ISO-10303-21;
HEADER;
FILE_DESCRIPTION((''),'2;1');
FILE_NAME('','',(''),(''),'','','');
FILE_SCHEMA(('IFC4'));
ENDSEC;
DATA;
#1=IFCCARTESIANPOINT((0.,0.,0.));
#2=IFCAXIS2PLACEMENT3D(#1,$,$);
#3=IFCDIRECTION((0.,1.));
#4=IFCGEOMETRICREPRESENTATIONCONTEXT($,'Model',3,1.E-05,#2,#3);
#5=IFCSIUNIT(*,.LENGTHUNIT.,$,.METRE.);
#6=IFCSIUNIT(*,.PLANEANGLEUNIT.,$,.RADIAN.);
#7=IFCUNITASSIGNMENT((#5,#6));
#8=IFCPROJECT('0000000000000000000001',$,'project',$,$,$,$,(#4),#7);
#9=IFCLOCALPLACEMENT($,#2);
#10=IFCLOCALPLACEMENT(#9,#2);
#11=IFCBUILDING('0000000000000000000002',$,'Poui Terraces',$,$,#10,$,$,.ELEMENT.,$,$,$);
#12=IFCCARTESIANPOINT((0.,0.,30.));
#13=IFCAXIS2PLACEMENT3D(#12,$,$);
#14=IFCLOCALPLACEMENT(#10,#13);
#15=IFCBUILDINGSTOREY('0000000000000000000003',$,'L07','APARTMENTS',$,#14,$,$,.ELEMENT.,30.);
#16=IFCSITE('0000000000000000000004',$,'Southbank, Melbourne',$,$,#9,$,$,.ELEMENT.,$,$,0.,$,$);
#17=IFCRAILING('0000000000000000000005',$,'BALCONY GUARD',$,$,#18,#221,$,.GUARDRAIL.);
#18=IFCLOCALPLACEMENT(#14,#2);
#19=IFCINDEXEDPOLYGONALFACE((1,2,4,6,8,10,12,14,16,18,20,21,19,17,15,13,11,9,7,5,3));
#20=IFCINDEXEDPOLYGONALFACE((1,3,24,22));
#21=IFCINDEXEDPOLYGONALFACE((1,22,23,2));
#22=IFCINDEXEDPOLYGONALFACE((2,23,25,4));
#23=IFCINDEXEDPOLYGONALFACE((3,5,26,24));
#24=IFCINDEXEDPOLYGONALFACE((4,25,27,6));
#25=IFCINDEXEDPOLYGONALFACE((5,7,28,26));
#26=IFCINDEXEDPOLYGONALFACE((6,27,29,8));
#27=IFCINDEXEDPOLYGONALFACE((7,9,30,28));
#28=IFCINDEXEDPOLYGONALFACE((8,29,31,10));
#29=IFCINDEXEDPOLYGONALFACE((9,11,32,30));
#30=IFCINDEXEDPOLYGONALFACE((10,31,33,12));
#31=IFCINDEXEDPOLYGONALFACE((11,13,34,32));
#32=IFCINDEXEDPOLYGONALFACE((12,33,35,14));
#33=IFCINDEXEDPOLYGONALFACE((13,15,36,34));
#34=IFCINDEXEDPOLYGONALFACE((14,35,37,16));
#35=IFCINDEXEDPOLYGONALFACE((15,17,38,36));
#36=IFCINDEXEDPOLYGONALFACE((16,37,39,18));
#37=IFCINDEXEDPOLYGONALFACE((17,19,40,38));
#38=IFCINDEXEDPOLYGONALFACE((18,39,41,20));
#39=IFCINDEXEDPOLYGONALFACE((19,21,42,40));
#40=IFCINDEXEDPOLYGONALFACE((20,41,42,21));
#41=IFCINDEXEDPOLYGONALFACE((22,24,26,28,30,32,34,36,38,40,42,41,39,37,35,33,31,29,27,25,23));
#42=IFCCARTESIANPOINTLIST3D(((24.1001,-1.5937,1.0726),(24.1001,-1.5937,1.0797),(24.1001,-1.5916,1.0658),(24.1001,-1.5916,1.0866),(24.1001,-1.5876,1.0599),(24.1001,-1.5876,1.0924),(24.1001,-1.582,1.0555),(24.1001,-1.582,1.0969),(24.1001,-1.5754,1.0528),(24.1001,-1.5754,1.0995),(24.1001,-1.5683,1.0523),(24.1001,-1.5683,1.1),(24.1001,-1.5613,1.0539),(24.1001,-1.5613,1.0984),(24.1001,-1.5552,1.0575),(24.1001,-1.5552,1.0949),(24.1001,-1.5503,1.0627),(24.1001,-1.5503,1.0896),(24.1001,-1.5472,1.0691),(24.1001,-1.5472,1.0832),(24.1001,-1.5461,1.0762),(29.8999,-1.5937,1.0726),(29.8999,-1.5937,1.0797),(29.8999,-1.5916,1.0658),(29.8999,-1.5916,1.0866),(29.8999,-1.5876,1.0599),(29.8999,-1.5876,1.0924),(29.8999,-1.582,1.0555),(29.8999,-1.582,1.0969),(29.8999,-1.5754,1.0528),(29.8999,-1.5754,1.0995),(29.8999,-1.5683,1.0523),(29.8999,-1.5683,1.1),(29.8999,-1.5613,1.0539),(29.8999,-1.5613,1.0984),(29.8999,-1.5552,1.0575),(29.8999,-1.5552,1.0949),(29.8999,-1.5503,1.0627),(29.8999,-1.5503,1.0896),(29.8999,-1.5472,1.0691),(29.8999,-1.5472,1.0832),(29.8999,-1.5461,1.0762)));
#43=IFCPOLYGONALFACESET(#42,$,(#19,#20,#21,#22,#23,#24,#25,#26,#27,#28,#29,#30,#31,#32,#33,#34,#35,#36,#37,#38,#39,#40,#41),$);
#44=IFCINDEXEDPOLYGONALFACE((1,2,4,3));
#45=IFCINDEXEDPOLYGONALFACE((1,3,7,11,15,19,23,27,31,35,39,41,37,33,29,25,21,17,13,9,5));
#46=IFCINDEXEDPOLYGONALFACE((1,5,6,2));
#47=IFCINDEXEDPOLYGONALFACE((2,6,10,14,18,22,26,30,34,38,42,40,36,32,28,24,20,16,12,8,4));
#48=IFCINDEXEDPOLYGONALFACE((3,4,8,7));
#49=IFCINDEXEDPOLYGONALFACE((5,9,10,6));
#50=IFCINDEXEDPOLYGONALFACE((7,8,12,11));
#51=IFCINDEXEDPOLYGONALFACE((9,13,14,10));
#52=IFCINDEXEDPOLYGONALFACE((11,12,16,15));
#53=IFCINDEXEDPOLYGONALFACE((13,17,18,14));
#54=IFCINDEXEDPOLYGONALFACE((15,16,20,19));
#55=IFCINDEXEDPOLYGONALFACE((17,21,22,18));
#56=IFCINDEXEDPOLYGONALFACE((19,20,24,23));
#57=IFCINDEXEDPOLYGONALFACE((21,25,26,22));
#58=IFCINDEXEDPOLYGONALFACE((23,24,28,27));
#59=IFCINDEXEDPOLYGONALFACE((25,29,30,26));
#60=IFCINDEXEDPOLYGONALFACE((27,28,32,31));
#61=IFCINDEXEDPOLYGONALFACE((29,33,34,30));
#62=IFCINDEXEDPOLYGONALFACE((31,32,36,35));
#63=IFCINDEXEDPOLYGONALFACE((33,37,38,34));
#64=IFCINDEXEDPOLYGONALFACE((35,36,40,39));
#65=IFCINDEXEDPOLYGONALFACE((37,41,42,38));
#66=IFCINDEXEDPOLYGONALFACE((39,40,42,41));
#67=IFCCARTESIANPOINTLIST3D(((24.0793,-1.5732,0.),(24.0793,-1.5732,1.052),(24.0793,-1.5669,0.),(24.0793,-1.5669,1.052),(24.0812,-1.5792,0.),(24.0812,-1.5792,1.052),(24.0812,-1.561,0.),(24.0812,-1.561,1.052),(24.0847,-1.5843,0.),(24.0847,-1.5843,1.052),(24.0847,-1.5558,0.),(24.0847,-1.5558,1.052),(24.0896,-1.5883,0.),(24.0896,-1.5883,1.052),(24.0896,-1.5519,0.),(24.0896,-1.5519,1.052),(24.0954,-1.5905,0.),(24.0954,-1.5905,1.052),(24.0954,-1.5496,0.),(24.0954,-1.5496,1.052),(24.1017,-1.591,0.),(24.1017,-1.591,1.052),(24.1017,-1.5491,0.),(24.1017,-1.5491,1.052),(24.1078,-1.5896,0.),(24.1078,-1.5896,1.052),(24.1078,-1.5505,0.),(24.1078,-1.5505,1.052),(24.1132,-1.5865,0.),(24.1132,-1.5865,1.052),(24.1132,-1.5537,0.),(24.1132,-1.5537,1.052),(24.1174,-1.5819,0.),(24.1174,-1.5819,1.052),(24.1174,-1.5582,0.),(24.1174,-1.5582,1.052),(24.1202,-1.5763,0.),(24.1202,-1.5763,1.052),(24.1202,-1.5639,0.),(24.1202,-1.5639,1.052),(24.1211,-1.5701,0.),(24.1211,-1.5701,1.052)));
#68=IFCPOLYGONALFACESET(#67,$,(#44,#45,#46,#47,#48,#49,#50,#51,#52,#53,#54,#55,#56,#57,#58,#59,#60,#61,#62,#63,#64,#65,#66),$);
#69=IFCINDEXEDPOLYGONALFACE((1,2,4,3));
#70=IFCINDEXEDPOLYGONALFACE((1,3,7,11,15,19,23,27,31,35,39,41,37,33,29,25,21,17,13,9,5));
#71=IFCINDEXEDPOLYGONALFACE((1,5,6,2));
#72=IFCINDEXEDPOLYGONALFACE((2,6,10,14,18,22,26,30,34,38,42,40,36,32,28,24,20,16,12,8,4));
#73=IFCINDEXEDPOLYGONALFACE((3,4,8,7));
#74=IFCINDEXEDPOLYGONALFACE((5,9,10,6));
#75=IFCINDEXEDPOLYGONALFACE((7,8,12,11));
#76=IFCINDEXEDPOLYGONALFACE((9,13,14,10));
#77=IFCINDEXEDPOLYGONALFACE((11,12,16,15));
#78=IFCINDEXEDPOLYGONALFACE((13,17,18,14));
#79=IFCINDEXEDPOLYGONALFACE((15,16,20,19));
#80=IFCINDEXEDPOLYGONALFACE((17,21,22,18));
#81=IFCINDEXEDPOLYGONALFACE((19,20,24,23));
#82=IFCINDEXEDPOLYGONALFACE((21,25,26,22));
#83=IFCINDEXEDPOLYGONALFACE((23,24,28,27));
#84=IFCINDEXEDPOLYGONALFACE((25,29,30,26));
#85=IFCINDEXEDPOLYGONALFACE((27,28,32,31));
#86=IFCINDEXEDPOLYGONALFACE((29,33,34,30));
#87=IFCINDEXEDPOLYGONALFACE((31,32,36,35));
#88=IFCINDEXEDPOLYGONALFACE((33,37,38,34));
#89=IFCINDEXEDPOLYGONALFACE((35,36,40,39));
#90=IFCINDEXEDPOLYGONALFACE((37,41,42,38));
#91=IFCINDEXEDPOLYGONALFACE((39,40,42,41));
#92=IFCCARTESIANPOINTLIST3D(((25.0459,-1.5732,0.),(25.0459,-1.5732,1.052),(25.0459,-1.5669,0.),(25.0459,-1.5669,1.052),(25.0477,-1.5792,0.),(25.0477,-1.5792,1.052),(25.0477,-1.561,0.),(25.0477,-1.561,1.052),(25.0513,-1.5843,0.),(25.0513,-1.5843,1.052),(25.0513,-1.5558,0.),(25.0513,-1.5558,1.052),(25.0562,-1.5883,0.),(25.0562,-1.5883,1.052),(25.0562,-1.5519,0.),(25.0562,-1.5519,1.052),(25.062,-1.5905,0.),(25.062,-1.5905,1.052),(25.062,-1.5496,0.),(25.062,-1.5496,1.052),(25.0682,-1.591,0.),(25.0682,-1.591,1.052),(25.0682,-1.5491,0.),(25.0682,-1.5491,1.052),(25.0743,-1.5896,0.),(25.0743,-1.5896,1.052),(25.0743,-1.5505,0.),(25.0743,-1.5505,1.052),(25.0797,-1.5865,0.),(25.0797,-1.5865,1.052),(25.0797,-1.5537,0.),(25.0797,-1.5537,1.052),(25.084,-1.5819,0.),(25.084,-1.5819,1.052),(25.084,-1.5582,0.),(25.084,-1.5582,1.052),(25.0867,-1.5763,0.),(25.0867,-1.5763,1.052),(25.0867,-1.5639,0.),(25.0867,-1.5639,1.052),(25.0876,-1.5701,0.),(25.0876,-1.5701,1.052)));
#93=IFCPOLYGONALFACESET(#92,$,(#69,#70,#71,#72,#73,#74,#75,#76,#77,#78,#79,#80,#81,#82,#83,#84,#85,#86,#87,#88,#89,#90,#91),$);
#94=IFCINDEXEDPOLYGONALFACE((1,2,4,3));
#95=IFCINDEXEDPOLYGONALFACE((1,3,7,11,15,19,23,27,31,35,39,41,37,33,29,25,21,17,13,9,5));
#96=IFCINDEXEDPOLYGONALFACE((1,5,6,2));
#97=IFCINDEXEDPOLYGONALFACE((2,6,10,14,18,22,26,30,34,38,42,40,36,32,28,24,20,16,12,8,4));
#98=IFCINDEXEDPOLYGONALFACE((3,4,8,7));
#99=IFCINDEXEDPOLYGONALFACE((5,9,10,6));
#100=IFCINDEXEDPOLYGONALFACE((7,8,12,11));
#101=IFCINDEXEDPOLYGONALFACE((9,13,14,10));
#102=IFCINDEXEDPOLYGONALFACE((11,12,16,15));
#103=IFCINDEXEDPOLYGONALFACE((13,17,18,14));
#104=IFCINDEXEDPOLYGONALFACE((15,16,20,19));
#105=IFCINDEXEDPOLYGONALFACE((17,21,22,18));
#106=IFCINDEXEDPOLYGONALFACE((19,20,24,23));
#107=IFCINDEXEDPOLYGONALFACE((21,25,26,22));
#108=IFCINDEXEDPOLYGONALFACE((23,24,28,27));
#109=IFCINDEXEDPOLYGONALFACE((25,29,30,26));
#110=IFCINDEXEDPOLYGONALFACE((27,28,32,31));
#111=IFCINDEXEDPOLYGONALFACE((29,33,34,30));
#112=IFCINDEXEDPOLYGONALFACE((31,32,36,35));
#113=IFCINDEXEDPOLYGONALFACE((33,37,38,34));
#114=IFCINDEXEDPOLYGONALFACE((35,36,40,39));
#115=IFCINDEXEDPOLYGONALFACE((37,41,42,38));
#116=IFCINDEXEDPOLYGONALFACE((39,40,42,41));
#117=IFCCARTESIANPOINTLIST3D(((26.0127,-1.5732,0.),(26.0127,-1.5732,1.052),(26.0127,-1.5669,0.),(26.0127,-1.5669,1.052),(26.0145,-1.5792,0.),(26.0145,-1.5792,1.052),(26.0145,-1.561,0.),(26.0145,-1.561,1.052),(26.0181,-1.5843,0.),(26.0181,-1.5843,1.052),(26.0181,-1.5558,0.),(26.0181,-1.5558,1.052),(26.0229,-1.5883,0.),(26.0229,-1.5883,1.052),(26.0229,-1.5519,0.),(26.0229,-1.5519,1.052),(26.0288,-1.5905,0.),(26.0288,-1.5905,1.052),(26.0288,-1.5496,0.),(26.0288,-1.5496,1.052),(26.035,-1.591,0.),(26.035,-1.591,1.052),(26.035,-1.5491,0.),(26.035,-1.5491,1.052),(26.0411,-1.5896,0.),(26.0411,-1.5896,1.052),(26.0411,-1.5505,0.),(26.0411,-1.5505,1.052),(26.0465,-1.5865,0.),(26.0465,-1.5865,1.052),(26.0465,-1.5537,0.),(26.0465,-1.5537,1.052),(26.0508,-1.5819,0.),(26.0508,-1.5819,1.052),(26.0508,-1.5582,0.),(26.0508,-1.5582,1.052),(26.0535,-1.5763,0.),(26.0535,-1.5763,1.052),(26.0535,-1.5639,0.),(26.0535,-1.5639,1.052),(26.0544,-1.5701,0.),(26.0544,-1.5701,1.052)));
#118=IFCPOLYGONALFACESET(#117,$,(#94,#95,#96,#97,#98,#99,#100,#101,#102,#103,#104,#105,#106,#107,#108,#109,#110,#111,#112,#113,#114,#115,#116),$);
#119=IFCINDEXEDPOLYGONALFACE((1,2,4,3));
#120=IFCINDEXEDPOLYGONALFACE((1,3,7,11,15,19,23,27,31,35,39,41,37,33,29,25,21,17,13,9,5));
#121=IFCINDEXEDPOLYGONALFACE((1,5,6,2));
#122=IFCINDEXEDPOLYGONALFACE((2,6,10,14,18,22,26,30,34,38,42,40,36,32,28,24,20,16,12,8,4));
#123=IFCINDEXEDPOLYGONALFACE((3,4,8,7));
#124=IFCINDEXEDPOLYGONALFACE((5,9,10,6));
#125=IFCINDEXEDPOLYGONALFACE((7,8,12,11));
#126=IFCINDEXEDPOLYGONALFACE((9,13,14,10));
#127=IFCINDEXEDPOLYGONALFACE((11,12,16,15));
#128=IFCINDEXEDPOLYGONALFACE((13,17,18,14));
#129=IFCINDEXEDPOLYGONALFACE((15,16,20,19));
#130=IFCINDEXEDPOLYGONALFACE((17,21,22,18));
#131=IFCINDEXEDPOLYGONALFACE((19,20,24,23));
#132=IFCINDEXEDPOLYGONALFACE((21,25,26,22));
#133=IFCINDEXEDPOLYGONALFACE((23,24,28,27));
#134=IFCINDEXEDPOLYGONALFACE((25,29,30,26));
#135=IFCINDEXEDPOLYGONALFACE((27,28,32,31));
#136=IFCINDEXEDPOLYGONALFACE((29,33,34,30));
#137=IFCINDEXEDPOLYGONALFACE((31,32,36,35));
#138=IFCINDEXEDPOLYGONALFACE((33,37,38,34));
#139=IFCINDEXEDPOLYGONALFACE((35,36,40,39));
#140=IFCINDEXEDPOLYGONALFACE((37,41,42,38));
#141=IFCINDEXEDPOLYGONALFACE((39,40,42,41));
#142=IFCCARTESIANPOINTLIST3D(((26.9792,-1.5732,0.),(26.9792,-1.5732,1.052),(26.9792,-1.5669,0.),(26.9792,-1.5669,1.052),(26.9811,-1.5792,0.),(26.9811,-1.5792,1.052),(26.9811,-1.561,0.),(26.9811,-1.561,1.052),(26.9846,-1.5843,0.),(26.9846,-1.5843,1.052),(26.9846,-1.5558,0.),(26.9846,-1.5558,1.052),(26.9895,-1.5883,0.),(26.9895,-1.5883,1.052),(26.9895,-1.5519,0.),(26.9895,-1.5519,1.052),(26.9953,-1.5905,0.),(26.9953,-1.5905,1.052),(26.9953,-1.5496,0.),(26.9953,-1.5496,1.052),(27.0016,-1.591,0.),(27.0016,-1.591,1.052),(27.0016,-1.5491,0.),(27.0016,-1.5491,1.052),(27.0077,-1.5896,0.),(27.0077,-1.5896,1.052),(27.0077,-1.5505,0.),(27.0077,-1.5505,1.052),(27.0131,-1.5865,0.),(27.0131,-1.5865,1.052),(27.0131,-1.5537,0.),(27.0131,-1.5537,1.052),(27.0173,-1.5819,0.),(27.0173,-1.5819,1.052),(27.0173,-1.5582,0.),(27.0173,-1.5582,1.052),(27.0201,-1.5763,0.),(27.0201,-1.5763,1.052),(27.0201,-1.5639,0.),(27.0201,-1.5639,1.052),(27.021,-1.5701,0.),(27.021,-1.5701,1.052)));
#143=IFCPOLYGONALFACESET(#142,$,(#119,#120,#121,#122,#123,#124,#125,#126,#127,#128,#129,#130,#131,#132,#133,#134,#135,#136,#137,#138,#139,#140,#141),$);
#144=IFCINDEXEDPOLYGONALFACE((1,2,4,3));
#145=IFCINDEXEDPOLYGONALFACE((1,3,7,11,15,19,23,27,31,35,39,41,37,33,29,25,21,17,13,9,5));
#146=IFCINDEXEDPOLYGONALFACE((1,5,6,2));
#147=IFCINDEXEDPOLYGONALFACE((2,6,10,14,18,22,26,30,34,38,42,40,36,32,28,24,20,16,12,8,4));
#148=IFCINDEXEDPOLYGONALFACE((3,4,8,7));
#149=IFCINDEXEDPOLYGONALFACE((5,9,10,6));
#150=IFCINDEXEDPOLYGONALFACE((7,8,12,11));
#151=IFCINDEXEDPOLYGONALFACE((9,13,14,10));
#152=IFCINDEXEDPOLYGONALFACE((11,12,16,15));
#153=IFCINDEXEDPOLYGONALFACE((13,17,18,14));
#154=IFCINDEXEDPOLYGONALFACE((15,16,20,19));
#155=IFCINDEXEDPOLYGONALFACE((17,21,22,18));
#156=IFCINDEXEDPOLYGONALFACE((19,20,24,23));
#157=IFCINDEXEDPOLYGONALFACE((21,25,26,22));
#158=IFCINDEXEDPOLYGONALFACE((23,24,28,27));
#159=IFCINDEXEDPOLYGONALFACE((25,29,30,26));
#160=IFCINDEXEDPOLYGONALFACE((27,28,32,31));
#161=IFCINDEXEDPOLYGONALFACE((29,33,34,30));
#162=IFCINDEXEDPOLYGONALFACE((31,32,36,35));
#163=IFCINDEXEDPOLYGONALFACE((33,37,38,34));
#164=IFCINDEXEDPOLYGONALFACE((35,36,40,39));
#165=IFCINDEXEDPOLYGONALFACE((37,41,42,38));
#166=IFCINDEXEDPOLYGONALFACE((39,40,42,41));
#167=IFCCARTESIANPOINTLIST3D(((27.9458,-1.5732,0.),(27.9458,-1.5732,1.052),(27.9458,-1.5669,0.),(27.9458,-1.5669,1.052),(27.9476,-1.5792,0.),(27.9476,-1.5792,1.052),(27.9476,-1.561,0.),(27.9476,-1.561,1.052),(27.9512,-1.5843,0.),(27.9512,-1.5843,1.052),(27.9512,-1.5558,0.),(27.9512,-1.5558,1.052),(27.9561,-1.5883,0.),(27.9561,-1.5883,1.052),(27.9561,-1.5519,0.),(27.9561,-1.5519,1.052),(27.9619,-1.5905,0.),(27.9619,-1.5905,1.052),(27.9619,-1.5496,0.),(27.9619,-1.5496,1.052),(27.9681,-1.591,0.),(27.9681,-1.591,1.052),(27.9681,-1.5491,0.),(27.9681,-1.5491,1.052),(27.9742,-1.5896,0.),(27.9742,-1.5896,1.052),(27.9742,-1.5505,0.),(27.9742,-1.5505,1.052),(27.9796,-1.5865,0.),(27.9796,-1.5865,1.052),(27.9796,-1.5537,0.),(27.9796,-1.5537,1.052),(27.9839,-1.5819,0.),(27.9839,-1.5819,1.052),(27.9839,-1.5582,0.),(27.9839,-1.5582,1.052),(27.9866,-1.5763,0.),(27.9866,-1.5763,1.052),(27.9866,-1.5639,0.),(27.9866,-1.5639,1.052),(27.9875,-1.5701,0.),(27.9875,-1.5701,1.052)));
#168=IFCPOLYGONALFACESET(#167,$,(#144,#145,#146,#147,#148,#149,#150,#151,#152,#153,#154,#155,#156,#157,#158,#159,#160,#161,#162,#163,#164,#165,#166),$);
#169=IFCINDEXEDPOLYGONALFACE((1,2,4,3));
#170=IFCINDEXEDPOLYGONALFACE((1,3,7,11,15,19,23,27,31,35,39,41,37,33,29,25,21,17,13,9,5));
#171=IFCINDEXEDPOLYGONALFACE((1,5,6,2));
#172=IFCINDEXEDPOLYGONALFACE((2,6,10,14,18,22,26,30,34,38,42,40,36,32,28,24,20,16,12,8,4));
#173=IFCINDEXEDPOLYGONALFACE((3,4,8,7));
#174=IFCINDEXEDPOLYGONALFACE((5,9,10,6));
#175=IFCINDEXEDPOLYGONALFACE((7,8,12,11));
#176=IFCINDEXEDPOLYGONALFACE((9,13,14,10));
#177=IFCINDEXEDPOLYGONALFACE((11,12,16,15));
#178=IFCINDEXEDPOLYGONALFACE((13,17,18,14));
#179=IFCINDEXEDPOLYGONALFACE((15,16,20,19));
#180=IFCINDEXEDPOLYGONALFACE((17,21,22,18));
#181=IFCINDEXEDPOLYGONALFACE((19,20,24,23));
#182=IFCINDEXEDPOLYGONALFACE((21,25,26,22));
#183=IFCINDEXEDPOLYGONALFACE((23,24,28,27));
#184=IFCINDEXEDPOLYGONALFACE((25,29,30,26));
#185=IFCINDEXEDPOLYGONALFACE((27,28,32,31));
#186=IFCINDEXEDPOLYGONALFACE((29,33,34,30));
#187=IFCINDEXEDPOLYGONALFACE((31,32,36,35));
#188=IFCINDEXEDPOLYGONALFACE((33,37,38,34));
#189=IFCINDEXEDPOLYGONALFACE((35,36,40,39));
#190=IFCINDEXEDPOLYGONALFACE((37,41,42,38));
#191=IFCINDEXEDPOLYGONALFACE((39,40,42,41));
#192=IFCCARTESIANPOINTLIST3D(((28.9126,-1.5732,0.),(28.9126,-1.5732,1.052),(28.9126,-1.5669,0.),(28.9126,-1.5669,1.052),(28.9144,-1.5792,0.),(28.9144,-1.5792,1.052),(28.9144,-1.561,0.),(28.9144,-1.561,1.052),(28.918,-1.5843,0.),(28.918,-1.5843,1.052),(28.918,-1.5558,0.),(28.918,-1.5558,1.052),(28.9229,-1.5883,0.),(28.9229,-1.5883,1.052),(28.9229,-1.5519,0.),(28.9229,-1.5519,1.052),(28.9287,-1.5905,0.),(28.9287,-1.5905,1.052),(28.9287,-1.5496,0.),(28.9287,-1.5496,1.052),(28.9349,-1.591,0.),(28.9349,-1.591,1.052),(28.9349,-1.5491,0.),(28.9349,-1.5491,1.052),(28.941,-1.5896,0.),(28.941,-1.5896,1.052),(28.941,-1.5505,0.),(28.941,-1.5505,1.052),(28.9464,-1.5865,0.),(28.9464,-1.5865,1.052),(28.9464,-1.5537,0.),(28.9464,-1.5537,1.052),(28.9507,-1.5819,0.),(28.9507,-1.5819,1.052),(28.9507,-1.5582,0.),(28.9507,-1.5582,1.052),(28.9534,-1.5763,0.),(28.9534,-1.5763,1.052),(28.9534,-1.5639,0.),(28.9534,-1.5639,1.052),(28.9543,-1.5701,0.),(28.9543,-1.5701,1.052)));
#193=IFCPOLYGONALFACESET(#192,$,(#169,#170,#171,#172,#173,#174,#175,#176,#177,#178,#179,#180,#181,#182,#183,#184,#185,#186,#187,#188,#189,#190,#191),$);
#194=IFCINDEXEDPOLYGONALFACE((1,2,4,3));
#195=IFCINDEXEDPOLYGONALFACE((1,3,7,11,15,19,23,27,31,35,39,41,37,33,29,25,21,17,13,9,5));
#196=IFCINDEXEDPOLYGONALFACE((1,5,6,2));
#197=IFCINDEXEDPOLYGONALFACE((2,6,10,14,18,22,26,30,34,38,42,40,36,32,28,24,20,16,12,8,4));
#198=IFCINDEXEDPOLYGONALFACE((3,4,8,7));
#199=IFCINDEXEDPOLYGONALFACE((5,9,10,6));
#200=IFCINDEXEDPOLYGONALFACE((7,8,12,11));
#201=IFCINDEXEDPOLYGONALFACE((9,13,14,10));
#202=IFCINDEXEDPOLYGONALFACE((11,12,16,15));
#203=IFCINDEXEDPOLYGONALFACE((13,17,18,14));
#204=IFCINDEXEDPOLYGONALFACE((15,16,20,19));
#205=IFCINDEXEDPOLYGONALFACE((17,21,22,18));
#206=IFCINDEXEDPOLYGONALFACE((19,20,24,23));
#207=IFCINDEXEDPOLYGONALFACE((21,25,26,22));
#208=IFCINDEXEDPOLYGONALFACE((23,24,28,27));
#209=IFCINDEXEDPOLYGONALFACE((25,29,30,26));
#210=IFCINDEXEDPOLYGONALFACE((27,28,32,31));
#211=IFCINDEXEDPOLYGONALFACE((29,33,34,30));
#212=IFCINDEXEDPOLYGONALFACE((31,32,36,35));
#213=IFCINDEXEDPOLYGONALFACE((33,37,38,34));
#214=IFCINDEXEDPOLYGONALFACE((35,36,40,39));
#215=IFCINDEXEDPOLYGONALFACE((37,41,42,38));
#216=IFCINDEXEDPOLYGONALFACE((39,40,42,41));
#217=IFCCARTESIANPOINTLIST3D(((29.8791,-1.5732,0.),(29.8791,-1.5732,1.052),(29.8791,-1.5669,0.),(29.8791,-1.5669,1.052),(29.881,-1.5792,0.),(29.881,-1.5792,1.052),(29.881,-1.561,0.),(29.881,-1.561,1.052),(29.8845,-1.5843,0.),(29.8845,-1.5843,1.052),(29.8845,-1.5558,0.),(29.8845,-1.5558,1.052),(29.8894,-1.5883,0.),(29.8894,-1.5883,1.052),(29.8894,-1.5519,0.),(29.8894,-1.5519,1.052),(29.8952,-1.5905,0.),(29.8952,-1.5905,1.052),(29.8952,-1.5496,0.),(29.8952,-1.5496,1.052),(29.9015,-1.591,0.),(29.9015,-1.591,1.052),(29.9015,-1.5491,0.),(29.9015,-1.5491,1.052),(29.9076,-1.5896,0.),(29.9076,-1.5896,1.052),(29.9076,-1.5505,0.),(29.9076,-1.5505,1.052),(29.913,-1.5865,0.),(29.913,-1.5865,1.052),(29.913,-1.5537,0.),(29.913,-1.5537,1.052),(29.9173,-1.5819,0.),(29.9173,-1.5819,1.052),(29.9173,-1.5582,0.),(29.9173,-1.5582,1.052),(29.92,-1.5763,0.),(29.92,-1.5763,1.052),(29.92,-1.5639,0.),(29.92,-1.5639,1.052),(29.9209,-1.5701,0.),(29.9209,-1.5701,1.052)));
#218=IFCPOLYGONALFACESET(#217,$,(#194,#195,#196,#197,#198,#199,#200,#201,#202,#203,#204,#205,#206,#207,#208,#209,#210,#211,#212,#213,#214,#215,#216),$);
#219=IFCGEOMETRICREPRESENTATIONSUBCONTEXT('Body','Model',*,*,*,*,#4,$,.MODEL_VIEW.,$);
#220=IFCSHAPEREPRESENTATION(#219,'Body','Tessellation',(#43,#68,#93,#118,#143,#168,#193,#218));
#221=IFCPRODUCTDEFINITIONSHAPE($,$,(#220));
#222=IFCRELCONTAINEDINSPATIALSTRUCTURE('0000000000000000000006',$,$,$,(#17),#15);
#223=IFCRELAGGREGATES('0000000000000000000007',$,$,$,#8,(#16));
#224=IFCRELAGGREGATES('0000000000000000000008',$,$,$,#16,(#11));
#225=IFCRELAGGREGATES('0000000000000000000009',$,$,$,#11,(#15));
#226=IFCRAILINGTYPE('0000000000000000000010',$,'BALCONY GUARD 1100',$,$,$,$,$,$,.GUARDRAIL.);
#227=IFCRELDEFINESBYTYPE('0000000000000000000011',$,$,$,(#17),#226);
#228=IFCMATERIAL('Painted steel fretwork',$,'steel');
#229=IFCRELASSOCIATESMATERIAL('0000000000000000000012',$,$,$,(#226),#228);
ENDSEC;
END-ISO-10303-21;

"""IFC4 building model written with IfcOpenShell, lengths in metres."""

from ifc_helpers import new_model, si_unit, direction, frame, origin, origin_2d, place, context, subcontext, project, spatial, circle, extrude, material, type_object, element, save


model = new_model("IFC4")

# Units and contexts
model_context = context("Model", 3, precision=1e-05, world=origin(), true_north=direction((0.0, 1.0)))
body_context = subcontext(model_context, "Body", "Model", "MODEL_VIEW")
ifc_project = project(units=[si_unit("LENGTHUNIT", "METRE"), si_unit("PLANEANGLEUNIT", "RADIAN")], contexts=[model_context])

# Site, building, storey
site_placement = place(None, origin())
site = spatial("IfcSite", under=ifc_project, at=site_placement, Name="Southbank, Melbourne", CompositionType="ELEMENT", RefElevation=0.0)
building_placement = place(site_placement, origin())
building = spatial("IfcBuilding", under=site, at=building_placement, Name="Poui Terraces", CompositionType="ELEMENT")
storey_placement = place(building_placement, frame((0.0, 0.0, 30.0)))
storey = spatial("IfcBuildingStorey", under=building, at=storey_placement, Name="L07", Description="APARTMENTS", CompositionType="ELEMENT", Elevation=30.0)

# Railing
ifc_material_1 = material(Name="Painted steel fretwork", Category="steel")
railing_type = type_object("IfcRailingType", Name="BALCONY GUARD 1100", PredefinedType="GUARDRAIL", material=ifc_material_1)
railing_placement = place(storey_placement, frame((24.1001, -1.5701, 0.0)))
element("IfcRailing", 1, at=railing_placement, inside=storey, type_object=railing_type, Name="BALCONY GUARD", PredefinedType="GUARDRAIL", context=body_context, shape_type="SweptSolid", body=[
    extrude(circle(Radius=0.0239, at=origin_2d()), frame((0.0, 0.0, 1.0762), z_axis=(1.0, 0.0, 0.0), x_axis=(0.0, 1.0, 0.0)), (0.0, 0.0, 1.0), 5.7998),
    extrude(circle(Radius=0.021, at=origin_2d()), origin(), (0.0, 0.0, 1.0), 1.052),
    extrude(circle(Radius=0.021, at=origin_2d()), frame((0.9666, 0.0, 0.0)), (0.0, 0.0, 1.0), 1.052),
    extrude(circle(Radius=0.021, at=origin_2d()), frame((1.9333, 0.0, 0.0)), (0.0, 0.0, 1.0), 1.052),
    extrude(circle(Radius=0.021, at=origin_2d()), frame((2.8999, 0.0, 0.0)), (0.0, 0.0, 1.0), 1.052),
    extrude(circle(Radius=0.021, at=origin_2d()), frame((3.8665, 0.0, 0.0)), (0.0, 0.0, 1.0), 1.052),
    extrude(circle(Radius=0.021, at=origin_2d()), frame((4.8333, 0.0, 0.0)), (0.0, 0.0, 1.0), 1.052),
    extrude(circle(Radius=0.021, at=origin_2d()), frame((5.7998, 0.0, 0.0)), (0.0, 0.0, 1.0), 1.052),
])

save(model, "model.ifc")
